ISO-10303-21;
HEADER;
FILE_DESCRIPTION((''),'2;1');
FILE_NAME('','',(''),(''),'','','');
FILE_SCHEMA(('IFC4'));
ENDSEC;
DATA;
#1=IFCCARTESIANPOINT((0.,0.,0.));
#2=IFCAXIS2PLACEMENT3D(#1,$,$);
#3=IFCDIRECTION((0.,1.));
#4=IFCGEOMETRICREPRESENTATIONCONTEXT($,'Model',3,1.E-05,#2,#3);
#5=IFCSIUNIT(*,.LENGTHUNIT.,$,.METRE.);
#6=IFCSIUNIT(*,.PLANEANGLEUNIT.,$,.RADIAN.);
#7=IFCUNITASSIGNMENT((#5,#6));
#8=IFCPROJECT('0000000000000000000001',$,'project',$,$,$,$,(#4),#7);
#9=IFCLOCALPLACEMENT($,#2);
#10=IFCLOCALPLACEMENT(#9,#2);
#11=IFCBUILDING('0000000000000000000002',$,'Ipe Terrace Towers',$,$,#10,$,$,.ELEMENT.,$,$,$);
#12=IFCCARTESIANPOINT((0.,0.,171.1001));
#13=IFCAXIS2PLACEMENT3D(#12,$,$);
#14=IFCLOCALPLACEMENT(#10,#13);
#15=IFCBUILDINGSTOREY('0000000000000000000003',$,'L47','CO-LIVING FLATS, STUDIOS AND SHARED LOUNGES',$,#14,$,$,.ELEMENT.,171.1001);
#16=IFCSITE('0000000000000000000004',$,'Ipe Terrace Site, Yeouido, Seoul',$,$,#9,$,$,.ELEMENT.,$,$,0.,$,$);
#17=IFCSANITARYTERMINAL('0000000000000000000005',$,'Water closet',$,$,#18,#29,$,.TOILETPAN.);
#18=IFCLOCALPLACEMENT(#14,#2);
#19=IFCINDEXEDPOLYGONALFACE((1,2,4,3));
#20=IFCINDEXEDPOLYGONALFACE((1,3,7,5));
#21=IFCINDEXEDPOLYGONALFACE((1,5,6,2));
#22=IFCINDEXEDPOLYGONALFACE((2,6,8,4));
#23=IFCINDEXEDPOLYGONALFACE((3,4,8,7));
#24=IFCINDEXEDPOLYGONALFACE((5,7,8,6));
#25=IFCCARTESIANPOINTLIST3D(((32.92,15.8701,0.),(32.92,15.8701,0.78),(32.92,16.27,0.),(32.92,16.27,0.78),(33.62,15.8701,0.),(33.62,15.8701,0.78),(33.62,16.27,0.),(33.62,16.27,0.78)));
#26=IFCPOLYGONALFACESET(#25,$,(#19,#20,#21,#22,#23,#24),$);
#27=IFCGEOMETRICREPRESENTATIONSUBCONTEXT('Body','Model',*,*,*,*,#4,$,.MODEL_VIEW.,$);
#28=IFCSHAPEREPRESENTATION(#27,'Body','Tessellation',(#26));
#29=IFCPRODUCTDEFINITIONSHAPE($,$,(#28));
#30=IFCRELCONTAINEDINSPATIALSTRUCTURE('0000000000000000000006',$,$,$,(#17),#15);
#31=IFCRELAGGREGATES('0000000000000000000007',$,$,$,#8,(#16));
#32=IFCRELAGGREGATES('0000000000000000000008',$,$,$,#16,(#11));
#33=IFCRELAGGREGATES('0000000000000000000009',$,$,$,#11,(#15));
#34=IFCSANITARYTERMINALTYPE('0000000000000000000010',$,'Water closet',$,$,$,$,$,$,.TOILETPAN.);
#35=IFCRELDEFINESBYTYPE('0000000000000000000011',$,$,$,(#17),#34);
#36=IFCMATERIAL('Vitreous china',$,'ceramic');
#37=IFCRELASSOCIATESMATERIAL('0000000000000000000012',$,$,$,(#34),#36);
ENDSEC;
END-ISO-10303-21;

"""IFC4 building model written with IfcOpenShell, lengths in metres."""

from ifc_helpers import new_model, si_unit, direction, frame, origin, origin_2d, place, context, subcontext, project, spatial, rectangle, extrude, material, type_object, element, save


model = new_model("IFC4")

# Units and contexts
model_context = context("Model", 3, precision=1e-05, world=origin(), true_north=direction((0.0, 1.0)))
body_context = subcontext(model_context, "Body", "Model", "MODEL_VIEW")
ifc_project = project(units=[si_unit("LENGTHUNIT", "METRE"), si_unit("PLANEANGLEUNIT", "RADIAN")], contexts=[model_context])

# Site, building, storey
site_placement = place(None, origin())
site = spatial("IfcSite", under=ifc_project, at=site_placement, Name="Ipe Terrace Site, Yeouido, Seoul", CompositionType="ELEMENT", RefElevation=0.0)
building_placement = place(site_placement, origin())
building = spatial("IfcBuilding", under=site, at=building_placement, Name="Ipe Terrace Towers", CompositionType="ELEMENT")
storey_placement = place(building_placement, frame((0.0, 0.0, 171.1001)))
storey = spatial("IfcBuildingStorey", under=building, at=storey_placement, Name="L47", Description="CO-LIVING FLATS, STUDIOS AND SHARED LOUNGES", CompositionType="ELEMENT", Elevation=171.1001)

# Sanitary terminal
ifc_material_1 = material(Name="Vitreous china", Category="ceramic")
sanitary_terminal_type_1 = type_object("IfcSanitaryTerminalType", Name="Water closet", PredefinedType="TOILETPAN", material=ifc_material_1)
sanitary_terminal_1_placement = place(storey_placement, frame((33.27, 16.0701, 0.0), z_axis=(0.0, 0.0, 1.0), x_axis=(1.0, 0.0, 0.0)))
element("IfcSanitaryTerminal", 1, at=sanitary_terminal_1_placement, inside=storey, type_object=sanitary_terminal_type_1, Name="Water closet", PredefinedType="TOILETPAN", context=body_context, shape_type="SweptSolid", body=[
    extrude(rectangle(XDim=0.7, YDim=0.3999, at=origin_2d()), origin(), (0.0, 0.0, 1.0), 0.78),
])

save(model, "model.ifc")
